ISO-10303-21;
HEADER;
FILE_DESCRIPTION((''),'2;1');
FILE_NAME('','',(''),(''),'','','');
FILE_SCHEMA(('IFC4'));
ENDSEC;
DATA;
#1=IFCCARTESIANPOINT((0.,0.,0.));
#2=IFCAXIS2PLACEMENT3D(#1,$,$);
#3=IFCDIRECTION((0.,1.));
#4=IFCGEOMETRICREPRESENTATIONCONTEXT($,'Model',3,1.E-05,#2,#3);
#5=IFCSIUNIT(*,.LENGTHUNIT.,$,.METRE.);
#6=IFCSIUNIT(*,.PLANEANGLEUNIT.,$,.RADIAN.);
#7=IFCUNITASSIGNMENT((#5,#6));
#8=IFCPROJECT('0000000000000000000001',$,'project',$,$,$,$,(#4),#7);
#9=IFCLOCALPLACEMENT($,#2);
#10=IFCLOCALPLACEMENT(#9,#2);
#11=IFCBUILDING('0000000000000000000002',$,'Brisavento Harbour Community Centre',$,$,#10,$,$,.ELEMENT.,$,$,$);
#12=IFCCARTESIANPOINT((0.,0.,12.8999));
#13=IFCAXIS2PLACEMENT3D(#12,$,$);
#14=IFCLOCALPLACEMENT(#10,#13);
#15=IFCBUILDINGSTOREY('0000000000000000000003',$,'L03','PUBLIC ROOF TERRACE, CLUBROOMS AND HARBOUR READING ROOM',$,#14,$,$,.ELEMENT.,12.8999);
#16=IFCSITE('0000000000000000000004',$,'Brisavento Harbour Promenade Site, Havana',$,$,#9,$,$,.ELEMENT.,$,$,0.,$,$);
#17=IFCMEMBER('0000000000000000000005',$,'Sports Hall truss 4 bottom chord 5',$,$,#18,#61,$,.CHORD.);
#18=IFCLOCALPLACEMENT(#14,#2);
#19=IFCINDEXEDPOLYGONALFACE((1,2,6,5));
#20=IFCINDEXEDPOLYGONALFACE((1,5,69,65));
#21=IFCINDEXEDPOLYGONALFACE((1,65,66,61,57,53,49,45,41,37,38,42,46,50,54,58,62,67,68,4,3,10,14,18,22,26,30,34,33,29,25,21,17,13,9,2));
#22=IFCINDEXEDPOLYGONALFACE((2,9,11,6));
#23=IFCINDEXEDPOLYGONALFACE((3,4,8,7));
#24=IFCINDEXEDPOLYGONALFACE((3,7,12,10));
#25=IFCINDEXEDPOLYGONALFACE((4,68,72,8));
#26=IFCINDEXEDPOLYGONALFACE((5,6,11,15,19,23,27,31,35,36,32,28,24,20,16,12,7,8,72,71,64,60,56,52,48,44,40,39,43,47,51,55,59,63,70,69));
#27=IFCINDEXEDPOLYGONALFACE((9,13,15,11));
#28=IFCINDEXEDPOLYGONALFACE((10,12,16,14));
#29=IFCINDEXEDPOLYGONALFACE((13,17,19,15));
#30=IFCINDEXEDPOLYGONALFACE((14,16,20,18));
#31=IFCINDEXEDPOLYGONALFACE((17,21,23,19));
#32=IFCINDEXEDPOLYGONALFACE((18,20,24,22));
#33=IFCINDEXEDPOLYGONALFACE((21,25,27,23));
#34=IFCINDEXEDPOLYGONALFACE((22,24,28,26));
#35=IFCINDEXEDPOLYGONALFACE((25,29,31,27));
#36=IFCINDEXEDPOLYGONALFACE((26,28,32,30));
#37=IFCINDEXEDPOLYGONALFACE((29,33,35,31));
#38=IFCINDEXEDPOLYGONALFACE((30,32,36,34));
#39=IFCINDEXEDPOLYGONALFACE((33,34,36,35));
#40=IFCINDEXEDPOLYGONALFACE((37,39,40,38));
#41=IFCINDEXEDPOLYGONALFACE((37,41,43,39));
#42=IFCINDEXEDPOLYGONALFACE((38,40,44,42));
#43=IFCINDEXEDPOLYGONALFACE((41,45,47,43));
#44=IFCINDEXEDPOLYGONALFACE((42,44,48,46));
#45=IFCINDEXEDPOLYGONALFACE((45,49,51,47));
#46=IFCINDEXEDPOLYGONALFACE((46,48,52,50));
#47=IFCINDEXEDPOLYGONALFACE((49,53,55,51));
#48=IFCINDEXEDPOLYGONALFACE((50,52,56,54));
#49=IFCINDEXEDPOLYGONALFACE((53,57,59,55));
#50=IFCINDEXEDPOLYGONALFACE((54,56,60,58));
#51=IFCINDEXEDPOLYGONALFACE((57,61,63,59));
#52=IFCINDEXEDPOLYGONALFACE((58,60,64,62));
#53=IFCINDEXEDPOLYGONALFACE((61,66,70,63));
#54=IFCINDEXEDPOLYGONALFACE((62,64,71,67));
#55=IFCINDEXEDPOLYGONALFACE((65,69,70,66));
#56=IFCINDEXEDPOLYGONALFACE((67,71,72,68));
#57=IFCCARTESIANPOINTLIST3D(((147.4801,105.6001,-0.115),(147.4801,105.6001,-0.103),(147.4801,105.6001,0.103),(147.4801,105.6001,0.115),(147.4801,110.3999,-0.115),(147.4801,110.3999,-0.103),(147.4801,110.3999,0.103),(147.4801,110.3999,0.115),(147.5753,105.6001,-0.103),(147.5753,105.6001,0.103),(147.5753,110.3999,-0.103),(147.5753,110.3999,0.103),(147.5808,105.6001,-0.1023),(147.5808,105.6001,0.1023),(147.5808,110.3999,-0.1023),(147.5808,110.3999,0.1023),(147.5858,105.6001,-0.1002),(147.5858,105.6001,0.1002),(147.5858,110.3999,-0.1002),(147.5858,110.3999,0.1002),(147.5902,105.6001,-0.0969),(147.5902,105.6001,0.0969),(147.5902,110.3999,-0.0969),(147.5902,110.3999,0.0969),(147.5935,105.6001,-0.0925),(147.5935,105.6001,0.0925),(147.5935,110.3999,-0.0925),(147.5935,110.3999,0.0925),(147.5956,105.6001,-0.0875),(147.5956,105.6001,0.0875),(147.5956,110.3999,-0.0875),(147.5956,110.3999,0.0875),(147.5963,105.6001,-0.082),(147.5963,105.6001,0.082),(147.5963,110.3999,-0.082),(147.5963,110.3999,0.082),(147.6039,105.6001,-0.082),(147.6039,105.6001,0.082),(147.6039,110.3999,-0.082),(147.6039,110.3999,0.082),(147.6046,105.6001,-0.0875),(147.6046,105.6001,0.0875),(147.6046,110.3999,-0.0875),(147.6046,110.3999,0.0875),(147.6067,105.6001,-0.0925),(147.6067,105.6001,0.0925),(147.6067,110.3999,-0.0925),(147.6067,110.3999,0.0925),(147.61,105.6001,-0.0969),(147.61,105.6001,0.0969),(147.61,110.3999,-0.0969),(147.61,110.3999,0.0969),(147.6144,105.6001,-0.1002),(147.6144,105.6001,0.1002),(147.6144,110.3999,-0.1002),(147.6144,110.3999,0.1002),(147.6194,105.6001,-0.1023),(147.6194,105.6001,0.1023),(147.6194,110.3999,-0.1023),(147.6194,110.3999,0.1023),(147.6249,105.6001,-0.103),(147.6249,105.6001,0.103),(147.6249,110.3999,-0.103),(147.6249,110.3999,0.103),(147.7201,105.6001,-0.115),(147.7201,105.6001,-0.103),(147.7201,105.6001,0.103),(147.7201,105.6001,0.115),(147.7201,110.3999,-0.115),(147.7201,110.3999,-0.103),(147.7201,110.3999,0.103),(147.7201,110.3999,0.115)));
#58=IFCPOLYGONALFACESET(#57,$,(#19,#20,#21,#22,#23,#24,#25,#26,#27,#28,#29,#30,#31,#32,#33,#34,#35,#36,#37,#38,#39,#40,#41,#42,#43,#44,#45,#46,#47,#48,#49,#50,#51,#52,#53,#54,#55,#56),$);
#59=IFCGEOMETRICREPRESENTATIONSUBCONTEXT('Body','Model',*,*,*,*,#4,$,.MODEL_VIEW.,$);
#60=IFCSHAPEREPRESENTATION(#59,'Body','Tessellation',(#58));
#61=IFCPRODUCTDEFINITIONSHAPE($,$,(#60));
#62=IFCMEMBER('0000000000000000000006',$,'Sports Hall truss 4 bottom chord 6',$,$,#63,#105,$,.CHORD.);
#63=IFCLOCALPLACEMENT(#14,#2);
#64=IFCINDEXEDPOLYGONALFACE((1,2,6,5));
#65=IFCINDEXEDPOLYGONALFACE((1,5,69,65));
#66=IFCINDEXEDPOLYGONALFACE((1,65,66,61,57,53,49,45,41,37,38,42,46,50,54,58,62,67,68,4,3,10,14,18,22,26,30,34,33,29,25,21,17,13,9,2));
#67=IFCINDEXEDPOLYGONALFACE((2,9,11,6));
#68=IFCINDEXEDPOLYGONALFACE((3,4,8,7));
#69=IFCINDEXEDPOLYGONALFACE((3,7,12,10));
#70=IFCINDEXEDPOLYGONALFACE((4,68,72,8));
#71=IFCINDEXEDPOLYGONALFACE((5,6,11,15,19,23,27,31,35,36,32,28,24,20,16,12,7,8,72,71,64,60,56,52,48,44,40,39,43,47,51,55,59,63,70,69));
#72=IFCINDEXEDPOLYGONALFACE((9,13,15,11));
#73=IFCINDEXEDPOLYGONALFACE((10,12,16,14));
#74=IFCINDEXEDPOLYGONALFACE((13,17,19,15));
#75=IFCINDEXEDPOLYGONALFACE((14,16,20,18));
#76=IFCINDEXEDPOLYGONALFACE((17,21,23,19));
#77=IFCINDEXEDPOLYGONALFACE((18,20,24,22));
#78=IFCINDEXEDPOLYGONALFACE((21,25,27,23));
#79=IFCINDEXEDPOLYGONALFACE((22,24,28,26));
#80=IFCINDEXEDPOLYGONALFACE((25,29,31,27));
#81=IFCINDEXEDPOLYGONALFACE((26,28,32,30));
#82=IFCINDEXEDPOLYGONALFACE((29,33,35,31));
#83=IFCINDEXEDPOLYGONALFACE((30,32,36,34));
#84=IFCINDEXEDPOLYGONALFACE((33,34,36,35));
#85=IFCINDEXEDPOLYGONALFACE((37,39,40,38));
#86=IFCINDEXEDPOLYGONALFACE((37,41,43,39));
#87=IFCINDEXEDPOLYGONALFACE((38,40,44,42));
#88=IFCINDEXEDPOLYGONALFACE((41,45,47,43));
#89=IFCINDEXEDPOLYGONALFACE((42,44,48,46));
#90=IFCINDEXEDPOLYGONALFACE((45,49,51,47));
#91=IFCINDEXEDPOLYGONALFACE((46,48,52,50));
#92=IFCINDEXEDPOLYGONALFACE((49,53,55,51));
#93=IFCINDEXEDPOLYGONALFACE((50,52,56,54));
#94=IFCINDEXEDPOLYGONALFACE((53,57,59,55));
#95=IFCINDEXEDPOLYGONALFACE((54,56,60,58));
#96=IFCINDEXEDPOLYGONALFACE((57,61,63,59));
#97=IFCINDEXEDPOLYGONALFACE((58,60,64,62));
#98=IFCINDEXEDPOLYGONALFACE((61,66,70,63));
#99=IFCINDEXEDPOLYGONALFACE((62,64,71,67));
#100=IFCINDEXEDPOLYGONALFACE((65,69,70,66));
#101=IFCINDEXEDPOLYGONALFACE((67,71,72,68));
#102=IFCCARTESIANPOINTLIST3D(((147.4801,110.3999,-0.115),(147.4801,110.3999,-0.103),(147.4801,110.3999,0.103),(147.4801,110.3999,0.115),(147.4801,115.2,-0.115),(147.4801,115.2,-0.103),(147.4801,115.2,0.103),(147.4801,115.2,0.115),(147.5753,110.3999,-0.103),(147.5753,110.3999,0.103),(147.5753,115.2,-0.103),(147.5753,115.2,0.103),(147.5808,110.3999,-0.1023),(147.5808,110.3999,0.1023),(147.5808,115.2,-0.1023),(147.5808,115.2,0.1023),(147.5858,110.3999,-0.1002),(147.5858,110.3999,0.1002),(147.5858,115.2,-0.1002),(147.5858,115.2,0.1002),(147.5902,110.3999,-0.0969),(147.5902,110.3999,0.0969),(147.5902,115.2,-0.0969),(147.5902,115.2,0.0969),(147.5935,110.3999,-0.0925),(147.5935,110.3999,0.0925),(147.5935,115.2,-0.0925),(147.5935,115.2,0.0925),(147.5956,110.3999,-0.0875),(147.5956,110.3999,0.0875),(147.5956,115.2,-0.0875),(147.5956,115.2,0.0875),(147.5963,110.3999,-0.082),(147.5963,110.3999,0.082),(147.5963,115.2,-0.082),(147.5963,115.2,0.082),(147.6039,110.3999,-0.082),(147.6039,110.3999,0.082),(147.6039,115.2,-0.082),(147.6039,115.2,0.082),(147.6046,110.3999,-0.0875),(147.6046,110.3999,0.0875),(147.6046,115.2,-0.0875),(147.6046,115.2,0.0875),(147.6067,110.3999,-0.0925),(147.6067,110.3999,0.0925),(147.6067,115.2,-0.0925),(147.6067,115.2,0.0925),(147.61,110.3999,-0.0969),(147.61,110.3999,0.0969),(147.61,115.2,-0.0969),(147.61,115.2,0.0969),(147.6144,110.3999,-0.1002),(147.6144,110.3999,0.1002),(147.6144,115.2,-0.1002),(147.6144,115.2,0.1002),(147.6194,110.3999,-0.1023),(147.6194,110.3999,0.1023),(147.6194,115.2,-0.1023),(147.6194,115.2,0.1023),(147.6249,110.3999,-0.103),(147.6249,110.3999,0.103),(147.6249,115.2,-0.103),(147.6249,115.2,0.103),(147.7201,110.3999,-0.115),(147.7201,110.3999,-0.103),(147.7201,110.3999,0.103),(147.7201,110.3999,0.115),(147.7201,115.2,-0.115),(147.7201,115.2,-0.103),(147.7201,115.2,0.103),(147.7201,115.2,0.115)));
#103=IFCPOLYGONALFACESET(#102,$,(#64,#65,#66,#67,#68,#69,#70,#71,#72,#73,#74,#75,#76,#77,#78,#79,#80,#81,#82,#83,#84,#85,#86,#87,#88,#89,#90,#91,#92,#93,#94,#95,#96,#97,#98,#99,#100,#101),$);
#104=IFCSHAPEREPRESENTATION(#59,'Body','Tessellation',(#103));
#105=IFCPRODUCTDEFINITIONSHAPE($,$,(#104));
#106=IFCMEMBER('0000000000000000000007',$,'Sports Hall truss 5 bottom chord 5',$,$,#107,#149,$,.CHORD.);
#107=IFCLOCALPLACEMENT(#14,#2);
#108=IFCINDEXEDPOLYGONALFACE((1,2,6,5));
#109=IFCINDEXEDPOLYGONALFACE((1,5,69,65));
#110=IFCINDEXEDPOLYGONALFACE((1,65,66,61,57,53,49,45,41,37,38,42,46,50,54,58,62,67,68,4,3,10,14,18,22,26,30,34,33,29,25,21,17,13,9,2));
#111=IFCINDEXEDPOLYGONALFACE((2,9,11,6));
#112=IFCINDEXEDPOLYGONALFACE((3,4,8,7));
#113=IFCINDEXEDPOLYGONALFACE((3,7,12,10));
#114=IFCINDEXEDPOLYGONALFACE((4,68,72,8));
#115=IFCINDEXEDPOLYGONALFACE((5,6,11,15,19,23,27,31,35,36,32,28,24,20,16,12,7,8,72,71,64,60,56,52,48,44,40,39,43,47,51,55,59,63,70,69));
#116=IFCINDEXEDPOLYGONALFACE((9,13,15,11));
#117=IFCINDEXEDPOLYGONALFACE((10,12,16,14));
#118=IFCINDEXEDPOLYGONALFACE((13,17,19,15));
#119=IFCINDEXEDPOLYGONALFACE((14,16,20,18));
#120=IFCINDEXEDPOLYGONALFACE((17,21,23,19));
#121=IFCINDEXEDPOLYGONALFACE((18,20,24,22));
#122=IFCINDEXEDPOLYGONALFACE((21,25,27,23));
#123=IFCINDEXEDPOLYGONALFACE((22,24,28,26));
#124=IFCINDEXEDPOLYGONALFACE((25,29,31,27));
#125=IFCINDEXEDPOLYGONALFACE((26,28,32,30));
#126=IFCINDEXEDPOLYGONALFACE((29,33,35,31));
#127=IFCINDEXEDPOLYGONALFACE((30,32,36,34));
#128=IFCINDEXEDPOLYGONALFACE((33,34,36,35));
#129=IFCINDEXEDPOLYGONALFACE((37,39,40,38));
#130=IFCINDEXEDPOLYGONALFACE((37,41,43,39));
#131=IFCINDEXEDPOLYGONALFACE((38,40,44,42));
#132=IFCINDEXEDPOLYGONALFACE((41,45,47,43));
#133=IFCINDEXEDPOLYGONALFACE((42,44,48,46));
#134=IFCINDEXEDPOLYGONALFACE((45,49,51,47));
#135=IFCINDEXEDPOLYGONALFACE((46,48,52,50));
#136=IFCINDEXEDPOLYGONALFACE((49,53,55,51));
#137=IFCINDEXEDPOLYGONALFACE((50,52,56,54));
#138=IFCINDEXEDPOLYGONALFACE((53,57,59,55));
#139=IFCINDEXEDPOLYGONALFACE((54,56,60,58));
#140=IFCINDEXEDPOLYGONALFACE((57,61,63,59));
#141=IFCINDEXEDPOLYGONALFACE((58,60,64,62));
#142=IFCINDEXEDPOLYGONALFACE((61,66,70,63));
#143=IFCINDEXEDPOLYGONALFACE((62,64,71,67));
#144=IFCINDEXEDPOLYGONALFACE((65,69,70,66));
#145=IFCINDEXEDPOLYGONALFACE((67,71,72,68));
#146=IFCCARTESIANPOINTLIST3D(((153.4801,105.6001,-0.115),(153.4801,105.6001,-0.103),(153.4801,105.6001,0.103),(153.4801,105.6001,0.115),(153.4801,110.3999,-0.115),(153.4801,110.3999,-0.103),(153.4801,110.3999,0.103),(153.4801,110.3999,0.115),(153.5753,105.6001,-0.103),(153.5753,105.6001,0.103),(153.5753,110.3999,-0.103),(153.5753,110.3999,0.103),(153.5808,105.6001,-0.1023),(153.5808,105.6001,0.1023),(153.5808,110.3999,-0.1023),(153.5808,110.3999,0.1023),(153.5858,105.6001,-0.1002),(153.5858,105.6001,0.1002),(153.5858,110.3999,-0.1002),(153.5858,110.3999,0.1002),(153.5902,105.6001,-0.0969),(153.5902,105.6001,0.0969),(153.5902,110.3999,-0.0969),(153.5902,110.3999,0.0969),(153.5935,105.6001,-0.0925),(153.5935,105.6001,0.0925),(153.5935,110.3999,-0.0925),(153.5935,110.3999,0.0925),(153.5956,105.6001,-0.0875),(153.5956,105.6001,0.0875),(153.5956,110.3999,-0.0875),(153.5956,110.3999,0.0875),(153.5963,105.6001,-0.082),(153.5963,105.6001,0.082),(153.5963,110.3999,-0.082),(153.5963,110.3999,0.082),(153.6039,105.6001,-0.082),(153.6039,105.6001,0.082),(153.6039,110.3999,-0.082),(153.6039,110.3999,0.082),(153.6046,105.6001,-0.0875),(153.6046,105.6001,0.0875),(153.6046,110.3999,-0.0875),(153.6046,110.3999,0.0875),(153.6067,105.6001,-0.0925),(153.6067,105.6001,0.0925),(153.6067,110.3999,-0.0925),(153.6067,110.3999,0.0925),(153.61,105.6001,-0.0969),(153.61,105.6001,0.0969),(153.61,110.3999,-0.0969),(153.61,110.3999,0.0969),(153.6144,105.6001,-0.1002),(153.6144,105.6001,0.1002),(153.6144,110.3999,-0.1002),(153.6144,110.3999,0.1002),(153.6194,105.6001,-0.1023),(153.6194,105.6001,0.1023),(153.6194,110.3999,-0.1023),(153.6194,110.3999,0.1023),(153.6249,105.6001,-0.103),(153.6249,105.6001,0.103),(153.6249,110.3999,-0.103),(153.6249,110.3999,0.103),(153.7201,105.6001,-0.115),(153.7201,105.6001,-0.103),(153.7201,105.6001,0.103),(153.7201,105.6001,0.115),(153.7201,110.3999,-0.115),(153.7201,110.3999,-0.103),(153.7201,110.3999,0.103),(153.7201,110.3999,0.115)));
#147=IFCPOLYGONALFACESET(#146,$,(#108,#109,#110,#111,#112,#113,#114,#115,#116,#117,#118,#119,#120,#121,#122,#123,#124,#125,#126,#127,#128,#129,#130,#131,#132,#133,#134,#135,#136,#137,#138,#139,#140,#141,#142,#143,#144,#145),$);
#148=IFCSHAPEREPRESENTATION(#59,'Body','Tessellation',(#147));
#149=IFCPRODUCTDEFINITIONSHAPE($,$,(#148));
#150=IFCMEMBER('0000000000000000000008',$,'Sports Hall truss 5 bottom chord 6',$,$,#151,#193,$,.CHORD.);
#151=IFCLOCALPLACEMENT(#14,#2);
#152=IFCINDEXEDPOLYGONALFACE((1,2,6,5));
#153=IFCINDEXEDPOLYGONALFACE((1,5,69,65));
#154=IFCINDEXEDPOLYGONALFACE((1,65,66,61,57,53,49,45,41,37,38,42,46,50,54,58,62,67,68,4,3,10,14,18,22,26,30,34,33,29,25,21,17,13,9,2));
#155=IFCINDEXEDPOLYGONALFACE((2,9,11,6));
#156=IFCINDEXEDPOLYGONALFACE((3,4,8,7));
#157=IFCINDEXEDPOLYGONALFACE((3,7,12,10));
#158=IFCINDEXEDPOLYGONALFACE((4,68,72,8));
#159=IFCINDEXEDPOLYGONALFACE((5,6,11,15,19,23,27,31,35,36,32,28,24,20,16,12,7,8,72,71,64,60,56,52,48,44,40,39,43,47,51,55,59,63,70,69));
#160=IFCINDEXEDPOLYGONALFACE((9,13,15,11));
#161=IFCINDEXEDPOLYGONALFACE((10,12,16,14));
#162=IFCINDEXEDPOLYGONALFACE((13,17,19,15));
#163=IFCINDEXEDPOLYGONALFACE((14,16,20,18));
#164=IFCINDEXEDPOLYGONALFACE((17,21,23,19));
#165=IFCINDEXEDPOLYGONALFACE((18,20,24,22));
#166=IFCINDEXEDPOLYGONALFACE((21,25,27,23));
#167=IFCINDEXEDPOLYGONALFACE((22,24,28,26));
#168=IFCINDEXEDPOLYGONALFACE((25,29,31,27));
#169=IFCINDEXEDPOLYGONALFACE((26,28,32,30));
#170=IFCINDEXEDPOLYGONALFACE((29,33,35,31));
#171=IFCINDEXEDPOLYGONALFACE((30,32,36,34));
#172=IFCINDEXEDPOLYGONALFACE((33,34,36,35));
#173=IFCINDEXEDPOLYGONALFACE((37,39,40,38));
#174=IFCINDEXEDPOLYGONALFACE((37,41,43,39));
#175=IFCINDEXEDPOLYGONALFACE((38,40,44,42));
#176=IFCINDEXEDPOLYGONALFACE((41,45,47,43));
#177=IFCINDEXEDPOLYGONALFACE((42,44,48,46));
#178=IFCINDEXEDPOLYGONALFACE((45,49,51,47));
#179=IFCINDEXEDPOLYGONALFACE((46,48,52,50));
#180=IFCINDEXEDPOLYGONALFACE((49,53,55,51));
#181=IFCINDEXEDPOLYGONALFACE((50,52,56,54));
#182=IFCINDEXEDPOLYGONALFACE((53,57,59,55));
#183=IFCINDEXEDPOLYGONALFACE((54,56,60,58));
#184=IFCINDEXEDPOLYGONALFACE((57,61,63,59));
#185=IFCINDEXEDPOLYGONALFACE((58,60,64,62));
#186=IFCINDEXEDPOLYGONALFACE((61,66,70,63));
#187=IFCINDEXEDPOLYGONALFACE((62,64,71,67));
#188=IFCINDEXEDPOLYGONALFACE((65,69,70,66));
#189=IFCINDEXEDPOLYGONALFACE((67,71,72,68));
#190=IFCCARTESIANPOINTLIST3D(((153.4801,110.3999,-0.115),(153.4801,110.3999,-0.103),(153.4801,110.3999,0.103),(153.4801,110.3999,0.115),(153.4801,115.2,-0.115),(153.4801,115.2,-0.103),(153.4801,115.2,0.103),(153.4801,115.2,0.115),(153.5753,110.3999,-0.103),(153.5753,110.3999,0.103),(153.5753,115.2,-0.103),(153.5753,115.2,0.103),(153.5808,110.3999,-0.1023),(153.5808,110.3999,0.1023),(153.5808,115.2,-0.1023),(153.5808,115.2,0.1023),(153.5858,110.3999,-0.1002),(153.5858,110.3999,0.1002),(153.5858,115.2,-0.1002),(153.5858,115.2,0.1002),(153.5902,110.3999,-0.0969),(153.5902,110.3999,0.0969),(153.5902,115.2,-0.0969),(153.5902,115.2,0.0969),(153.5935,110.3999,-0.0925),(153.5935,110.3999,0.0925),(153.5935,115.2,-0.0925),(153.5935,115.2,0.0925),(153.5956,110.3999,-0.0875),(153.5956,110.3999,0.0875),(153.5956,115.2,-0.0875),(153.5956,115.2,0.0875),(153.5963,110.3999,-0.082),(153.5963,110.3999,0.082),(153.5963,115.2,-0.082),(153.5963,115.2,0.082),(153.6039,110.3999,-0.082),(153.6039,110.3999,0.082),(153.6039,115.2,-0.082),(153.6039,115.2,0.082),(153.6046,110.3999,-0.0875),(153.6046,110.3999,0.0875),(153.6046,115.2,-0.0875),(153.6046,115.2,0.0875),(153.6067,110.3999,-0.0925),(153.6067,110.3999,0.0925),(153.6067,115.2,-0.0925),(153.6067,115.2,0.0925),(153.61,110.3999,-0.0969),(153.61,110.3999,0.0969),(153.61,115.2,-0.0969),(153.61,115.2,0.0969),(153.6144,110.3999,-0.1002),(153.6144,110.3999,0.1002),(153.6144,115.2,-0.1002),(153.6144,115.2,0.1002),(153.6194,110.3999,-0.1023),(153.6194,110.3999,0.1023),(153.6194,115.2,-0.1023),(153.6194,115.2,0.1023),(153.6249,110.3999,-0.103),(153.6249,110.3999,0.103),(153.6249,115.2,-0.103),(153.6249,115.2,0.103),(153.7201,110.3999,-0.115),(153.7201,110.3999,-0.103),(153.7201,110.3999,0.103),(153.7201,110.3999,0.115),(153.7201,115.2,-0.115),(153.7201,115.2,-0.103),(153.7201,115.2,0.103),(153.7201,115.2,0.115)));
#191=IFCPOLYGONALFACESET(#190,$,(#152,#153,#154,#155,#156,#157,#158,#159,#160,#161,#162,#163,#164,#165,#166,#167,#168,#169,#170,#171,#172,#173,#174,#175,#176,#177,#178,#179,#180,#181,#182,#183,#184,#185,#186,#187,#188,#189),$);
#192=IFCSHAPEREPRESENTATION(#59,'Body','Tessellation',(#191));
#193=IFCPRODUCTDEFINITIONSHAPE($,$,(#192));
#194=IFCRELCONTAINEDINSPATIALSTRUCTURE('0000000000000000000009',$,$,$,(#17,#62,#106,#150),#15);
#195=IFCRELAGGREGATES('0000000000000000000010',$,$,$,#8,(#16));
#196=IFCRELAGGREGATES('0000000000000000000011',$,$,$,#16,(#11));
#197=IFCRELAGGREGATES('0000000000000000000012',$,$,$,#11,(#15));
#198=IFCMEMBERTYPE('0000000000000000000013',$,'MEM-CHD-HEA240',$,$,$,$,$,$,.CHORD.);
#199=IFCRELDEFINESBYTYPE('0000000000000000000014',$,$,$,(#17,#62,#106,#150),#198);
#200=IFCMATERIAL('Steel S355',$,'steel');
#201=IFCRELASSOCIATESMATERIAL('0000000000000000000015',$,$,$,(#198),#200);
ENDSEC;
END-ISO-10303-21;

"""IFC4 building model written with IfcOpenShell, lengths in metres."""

from ifc_helpers import new_model, si_unit, direction, frame, origin, origin_2d, place, context, subcontext, project, spatial, i_section, extrude, material, material_profile, profile_set, type_object, element, save


model = new_model("IFC4")

# Units and contexts
model_context = context("Model", 3, precision=1e-05, world=origin(), true_north=direction((0.0, 1.0)))
body_context = subcontext(model_context, "Body", "Model", "MODEL_VIEW")
ifc_project = project(units=[si_unit("LENGTHUNIT", "METRE"), si_unit("PLANEANGLEUNIT", "RADIAN")], contexts=[model_context])

# Site, building, storey
site_placement = place(None, origin())
site = spatial("IfcSite", under=ifc_project, at=site_placement, Name="Brisavento Harbour Promenade Site, Havana", CompositionType="ELEMENT", RefElevation=0.0)
building_placement = place(site_placement, origin())
building = spatial("IfcBuilding", under=site, at=building_placement, Name="Brisavento Harbour Community Centre", CompositionType="ELEMENT")
storey_placement = place(building_placement, frame((0.0, 0.0, 12.8999)))
storey = spatial("IfcBuildingStorey", under=building, at=storey_placement, Name="L03", Description="PUBLIC ROOF TERRACE, CLUBROOMS AND HARBOUR READING ROOM", CompositionType="ELEMENT", Elevation=12.8999)

# Members
ifc_material = material(Name="Steel S355", Category="steel")
ifc_material_profile_1 = material_profile(ifc_material, i_section(OverallWidth=0.24, OverallDepth=0.23, WebThickness=0.0076, FlangeThickness=0.012, FilletRadius=0.021, at=origin_2d()), Name="Steel S355")
ifc_profile_set_1 = profile_set([ifc_material_profile_1], Name="Steel S355")
member_type_1 = type_object("IfcMemberType", Name="MEM-CHD-HEA240", PredefinedType="CHORD", material=ifc_profile_set_1)
member_1_placement = place(storey_placement, frame((147.6001, 105.6001, 0.0), z_axis=(0.0, 1.0, 0.0), x_axis=(-1.0, 0.0, 0.0)))
element("IfcMember", 1, at=member_1_placement, inside=storey, type_object=member_type_1, Name="Sports Hall truss 4 bottom chord 5", PredefinedType="CHORD", context=body_context, shape_type="SweptSolid", body=[
    extrude(i_section(OverallWidth=0.24, OverallDepth=0.23, WebThickness=0.0076, FlangeThickness=0.012, FilletRadius=0.021, at=origin_2d()), origin(), (0.0, 0.0, 1.0), 4.7998),
])
member_2_placement = place(storey_placement, frame((147.6001, 110.3999, 0.0), z_axis=(0.0, 1.0, 0.0), x_axis=(-1.0, 0.0, 0.0)))
element("IfcMember", 2, at=member_2_placement, inside=storey, type_object=member_type_1, Name="Sports Hall truss 4 bottom chord 6", PredefinedType="CHORD", context=body_context, shape_type="SweptSolid", body=[
    extrude(i_section(OverallWidth=0.24, OverallDepth=0.23, WebThickness=0.0076, FlangeThickness=0.012, FilletRadius=0.021, at=origin_2d()), origin(), (0.0, 0.0, 1.0), 4.8),
])
member_3_placement = place(storey_placement, frame((153.6001, 105.6001, 0.0), z_axis=(0.0, 1.0, 0.0), x_axis=(-1.0, 0.0, 0.0)))
element("IfcMember", 3, at=member_3_placement, inside=storey, type_object=member_type_1, Name="Sports Hall truss 5 bottom chord 5", PredefinedType="CHORD", context=body_context, shape_type="SweptSolid", body=[
    extrude(i_section(OverallWidth=0.24, OverallDepth=0.23, WebThickness=0.0076, FlangeThickness=0.012, FilletRadius=0.021, at=origin_2d()), origin(), (0.0, 0.0, 1.0), 4.7998),
])
member_4_placement = place(storey_placement, frame((153.6001, 110.3999, 0.0), z_axis=(0.0, 1.0, 0.0), x_axis=(-1.0, 0.0, 0.0)))
element("IfcMember", 4, at=member_4_placement, inside=storey, type_object=member_type_1, Name="Sports Hall truss 5 bottom chord 6", PredefinedType="CHORD", context=body_context, shape_type="SweptSolid", body=[
    extrude(i_section(OverallWidth=0.24, OverallDepth=0.23, WebThickness=0.0076, FlangeThickness=0.012, FilletRadius=0.021, at=origin_2d()), origin(), (0.0, 0.0, 1.0), 4.8),
])

save(model, "model.ifc")
